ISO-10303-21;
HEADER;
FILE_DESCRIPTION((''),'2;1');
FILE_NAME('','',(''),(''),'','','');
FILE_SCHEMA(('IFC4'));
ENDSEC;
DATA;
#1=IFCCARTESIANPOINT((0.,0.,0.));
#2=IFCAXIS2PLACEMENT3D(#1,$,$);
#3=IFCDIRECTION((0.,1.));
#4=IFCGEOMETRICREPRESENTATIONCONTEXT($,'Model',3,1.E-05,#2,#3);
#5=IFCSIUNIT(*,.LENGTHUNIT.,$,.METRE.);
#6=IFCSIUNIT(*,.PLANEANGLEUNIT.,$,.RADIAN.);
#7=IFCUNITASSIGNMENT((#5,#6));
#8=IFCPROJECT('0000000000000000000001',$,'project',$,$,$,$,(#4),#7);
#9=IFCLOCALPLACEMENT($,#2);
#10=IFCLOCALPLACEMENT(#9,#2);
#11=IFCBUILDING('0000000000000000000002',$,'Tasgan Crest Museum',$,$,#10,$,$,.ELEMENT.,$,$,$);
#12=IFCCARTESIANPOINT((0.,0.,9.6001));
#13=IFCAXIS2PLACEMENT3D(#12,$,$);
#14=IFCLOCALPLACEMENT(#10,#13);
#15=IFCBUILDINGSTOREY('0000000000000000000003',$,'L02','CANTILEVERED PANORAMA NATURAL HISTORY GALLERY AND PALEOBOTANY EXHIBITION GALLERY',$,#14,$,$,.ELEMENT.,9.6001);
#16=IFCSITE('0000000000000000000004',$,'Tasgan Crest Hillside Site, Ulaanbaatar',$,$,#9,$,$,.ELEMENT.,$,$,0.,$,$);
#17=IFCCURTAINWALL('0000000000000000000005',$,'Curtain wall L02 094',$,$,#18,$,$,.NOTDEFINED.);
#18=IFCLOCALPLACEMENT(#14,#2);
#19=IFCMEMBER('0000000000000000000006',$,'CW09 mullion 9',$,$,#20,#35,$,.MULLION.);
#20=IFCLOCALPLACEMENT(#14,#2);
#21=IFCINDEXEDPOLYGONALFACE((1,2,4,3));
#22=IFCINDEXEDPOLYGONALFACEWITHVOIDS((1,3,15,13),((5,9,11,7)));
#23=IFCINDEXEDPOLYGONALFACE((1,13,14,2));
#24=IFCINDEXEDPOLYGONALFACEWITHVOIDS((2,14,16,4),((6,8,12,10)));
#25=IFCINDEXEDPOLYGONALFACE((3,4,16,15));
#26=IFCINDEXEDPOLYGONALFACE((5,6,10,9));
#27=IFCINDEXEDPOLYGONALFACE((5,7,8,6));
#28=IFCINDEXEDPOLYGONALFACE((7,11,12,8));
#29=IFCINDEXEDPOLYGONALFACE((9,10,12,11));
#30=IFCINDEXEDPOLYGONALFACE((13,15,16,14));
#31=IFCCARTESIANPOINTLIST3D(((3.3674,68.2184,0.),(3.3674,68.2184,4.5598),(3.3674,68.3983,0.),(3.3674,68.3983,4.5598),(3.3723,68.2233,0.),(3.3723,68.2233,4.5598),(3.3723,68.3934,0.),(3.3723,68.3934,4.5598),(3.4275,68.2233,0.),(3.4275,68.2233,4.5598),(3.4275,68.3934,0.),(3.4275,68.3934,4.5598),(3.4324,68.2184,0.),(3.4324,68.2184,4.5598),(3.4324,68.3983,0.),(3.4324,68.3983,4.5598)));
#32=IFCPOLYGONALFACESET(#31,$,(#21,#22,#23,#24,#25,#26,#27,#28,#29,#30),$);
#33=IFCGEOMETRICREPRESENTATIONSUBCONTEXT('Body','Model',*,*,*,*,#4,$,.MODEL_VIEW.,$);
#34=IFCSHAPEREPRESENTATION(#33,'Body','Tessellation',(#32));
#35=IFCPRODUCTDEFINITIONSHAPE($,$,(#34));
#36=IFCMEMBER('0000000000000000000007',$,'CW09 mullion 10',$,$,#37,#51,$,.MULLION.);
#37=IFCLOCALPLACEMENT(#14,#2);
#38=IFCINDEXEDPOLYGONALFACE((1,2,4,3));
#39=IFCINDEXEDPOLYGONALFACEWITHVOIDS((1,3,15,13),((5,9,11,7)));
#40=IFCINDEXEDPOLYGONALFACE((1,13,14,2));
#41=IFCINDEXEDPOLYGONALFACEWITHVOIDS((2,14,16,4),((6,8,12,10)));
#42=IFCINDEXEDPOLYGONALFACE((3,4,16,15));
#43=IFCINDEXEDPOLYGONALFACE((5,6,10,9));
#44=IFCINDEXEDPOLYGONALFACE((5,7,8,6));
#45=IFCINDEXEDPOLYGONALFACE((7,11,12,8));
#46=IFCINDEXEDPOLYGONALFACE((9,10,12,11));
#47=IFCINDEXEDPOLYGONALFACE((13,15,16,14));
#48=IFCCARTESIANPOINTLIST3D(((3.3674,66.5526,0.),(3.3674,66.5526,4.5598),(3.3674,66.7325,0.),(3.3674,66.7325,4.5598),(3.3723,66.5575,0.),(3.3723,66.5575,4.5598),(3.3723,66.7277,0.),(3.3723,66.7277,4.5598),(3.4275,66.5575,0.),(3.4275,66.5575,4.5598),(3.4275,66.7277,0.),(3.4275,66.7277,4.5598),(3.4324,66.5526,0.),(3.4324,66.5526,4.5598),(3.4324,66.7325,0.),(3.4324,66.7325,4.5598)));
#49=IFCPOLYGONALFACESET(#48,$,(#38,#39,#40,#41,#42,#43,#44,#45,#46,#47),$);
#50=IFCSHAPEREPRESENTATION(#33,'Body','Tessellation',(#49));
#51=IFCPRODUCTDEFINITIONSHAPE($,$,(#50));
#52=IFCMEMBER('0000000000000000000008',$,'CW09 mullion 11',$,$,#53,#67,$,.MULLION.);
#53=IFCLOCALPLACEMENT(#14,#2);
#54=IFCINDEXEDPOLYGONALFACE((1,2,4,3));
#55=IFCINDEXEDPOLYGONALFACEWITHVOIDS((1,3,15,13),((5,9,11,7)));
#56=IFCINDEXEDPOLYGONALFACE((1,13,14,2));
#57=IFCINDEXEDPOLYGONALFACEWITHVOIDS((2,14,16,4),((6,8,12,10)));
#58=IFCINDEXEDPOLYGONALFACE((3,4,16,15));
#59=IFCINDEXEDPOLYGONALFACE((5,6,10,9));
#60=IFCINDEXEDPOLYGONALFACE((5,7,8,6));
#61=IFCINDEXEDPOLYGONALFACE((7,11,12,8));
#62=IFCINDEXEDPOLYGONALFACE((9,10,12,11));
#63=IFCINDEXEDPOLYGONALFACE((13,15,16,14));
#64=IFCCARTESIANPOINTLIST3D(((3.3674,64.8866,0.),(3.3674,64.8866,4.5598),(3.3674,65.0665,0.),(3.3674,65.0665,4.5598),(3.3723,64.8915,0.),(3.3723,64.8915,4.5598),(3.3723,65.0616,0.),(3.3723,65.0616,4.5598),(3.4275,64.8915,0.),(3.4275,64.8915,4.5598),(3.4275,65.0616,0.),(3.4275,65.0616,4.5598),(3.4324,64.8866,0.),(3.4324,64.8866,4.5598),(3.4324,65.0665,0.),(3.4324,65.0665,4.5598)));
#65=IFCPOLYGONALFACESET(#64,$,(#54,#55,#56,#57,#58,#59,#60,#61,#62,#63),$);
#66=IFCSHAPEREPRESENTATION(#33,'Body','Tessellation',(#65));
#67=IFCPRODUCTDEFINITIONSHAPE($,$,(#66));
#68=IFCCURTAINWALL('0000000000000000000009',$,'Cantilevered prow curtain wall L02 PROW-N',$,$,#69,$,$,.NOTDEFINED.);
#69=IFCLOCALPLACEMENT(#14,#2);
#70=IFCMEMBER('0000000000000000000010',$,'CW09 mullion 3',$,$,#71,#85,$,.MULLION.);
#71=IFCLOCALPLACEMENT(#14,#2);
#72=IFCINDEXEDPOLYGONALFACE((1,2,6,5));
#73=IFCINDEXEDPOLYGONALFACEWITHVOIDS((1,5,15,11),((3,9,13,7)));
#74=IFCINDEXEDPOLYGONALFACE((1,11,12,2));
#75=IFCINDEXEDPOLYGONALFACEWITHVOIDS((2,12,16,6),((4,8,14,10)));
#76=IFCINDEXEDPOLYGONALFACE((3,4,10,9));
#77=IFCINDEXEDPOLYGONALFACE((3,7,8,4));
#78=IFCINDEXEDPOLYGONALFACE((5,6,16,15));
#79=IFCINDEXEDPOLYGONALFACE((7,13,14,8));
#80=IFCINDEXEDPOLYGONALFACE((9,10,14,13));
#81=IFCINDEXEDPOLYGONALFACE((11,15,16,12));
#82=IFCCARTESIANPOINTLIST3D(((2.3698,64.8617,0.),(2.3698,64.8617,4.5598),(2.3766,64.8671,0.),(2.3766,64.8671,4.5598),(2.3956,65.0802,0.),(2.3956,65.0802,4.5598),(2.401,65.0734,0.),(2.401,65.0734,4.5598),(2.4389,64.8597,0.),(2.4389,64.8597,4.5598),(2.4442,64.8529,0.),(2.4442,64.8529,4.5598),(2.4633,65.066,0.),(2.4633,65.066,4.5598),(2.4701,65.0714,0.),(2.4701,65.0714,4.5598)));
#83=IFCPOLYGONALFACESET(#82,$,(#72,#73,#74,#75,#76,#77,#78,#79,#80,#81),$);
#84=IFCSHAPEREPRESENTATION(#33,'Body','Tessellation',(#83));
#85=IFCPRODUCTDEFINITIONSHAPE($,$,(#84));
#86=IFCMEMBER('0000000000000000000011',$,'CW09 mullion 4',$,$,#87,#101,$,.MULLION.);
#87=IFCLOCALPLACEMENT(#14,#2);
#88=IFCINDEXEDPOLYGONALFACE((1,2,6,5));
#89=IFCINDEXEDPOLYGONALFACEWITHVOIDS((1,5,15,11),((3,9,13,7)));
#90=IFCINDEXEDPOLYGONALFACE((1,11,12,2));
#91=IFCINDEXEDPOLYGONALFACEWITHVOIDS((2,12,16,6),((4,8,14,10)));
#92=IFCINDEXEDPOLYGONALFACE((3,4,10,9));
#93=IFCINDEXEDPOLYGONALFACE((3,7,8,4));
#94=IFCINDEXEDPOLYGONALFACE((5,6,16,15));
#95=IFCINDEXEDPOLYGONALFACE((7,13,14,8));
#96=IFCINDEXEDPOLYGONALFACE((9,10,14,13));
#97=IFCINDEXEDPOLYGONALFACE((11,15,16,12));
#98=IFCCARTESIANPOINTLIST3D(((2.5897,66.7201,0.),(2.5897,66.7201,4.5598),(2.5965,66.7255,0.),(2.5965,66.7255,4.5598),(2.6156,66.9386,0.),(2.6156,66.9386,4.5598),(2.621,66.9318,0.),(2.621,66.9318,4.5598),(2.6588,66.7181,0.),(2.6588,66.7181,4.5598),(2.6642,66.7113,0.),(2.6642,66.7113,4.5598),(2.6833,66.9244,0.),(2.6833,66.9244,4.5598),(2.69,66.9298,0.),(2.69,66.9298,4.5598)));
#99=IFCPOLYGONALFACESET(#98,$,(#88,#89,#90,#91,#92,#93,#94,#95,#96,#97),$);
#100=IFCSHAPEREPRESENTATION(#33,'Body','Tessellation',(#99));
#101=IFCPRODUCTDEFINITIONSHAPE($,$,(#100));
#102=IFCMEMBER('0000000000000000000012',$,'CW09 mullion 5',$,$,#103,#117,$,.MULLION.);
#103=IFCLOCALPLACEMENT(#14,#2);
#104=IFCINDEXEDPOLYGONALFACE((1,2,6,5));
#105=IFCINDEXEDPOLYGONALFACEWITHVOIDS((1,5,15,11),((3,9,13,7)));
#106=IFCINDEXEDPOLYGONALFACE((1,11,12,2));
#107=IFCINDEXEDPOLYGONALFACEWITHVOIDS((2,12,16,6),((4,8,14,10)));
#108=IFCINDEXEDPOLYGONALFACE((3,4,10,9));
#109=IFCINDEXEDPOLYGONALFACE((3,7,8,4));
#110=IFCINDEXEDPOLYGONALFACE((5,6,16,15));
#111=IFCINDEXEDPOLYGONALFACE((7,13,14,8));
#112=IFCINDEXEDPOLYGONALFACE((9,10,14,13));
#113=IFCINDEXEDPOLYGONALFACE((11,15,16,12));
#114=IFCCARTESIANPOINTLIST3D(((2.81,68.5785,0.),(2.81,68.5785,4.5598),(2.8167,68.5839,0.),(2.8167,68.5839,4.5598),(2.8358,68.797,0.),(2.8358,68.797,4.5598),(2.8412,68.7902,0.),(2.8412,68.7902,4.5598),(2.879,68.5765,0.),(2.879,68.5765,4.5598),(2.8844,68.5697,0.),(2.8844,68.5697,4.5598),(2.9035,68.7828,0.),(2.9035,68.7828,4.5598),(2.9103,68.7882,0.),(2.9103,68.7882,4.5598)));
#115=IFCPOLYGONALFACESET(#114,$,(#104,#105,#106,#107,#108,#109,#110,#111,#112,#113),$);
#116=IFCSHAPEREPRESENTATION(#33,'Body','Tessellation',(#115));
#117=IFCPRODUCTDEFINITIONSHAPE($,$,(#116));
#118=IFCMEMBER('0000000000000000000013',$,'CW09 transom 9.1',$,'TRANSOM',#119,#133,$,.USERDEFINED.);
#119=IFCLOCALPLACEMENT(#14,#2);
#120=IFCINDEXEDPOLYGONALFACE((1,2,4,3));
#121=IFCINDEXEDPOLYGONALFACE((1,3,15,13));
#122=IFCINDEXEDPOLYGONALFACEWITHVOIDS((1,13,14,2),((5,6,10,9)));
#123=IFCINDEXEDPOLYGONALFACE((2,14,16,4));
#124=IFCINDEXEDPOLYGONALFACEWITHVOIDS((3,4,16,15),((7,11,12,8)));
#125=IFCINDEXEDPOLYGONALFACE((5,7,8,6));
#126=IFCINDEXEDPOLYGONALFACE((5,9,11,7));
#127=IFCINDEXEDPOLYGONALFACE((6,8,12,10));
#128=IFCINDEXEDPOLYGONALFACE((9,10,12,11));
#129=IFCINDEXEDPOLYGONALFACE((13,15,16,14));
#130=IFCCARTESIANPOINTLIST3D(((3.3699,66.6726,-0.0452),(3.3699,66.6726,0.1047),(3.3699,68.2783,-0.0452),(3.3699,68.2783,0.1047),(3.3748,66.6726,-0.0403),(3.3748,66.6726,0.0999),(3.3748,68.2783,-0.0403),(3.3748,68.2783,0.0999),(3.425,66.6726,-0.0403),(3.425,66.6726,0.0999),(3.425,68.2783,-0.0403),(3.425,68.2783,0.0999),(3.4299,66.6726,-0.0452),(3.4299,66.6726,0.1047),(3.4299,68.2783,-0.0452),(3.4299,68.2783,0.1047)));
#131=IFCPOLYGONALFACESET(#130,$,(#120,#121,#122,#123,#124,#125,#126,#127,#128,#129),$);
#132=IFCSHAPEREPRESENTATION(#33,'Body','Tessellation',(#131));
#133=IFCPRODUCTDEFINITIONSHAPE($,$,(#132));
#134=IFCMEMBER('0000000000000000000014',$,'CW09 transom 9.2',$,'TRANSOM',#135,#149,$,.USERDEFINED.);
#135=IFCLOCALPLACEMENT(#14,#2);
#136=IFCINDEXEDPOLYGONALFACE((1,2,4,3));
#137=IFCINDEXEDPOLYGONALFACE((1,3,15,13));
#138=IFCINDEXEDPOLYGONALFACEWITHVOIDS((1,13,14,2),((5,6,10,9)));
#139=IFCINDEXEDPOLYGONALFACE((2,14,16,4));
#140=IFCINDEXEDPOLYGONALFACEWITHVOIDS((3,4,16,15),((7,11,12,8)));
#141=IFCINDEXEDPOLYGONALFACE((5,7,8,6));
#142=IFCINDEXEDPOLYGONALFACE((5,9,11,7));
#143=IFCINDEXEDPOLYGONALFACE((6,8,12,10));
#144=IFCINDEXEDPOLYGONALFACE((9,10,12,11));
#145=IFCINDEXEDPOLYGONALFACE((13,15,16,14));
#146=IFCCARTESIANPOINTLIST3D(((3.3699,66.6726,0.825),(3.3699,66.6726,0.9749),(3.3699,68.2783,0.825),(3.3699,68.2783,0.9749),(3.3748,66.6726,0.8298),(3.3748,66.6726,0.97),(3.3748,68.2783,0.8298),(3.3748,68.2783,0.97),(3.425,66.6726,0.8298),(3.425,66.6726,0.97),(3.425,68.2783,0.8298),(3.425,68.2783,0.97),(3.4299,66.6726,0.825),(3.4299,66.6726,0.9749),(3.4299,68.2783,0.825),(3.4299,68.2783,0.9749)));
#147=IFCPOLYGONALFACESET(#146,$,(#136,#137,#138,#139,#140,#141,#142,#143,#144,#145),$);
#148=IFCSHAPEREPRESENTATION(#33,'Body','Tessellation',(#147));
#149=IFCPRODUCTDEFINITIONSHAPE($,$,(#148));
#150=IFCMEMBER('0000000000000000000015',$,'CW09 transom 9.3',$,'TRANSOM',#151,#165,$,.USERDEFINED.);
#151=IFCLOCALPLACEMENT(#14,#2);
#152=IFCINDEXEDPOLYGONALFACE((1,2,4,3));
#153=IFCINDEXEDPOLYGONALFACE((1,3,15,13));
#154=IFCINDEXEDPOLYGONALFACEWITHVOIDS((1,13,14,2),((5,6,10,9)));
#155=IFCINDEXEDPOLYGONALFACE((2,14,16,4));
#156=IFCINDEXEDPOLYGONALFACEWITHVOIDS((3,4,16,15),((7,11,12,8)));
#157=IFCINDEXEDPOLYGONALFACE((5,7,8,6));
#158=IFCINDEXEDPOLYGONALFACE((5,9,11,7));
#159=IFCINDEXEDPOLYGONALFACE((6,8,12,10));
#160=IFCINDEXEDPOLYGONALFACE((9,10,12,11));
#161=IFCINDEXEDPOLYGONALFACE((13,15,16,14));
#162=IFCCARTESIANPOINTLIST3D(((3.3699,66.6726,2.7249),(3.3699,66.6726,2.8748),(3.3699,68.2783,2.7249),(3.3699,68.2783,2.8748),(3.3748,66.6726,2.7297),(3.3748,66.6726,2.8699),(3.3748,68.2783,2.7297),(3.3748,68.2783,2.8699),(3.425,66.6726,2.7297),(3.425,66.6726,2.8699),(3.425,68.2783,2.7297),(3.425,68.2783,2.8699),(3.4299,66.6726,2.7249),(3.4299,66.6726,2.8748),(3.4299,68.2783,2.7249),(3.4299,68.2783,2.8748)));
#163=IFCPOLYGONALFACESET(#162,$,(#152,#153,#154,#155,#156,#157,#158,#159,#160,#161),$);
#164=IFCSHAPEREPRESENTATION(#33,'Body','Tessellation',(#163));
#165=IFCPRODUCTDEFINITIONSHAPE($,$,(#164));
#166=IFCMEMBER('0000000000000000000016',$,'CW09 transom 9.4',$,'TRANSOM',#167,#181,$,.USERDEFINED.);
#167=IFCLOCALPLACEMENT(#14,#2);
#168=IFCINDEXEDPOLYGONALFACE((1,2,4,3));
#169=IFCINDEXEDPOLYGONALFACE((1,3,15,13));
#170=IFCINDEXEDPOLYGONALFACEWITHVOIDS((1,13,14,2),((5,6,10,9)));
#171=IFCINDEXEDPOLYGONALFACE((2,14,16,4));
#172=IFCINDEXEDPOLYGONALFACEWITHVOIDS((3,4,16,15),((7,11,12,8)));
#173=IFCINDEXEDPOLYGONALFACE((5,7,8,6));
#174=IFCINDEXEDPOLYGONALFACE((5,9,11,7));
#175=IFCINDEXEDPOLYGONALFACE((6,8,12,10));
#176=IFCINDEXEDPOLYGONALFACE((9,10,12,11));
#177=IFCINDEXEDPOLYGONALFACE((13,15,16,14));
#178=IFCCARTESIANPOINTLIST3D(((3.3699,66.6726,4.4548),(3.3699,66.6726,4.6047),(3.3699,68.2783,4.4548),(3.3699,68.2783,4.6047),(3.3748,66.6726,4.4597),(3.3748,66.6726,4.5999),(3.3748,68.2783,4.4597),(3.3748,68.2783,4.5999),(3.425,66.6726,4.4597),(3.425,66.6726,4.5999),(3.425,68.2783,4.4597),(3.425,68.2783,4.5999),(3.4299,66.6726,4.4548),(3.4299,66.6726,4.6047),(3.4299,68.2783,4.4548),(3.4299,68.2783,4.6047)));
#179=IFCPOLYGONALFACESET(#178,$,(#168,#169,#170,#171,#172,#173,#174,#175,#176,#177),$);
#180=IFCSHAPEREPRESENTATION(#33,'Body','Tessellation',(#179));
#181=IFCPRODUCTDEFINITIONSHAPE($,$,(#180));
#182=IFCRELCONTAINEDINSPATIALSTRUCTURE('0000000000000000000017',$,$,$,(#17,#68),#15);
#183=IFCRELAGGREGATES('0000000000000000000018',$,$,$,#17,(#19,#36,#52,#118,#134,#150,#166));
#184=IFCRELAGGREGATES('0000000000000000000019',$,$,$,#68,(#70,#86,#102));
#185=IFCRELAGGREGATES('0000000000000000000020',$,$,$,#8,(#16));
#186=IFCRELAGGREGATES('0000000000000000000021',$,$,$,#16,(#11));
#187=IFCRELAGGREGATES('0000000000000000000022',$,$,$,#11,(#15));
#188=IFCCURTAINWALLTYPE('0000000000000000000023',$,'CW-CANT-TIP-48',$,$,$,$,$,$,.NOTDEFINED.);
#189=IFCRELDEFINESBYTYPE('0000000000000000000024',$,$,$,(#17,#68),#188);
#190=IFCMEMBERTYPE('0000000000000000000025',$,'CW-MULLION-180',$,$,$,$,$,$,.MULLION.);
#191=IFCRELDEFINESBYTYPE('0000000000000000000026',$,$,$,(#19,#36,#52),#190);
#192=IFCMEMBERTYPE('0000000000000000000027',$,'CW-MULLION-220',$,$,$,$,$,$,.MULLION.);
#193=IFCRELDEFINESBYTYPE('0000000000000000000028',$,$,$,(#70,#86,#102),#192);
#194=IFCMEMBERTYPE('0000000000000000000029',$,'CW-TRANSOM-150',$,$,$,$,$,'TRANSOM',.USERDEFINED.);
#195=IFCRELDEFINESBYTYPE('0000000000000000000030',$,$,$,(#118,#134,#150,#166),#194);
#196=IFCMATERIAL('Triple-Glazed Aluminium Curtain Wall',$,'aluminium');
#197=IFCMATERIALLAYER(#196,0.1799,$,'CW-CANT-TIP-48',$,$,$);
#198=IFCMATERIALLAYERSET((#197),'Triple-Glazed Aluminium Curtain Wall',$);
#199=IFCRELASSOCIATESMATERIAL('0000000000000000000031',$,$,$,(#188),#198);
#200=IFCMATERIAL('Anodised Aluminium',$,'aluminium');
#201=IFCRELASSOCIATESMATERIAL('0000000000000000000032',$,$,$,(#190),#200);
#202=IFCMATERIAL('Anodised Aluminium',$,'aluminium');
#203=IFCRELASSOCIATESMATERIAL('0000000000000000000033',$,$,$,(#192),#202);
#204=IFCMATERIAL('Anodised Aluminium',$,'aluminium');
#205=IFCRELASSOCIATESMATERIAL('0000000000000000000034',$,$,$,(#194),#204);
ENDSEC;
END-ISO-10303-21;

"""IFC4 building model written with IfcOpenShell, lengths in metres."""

from ifc_helpers import new_model, si_unit, direction, frame, origin, origin_2d, place, context, subcontext, project, spatial, hollow_rectangle, extrude, material, layer, layer_set, material_profile, profile_set, type_object, element, aggregate, save


model = new_model("IFC4")

# Units and contexts
model_context = context("Model", 3, precision=1e-05, world=origin(), true_north=direction((0.0, 1.0)))
body_context = subcontext(model_context, "Body", "Model", "MODEL_VIEW")
ifc_project = project(units=[si_unit("LENGTHUNIT", "METRE"), si_unit("PLANEANGLEUNIT", "RADIAN")], contexts=[model_context])

# Site, building, storey
site_placement = place(None, origin())
site = spatial("IfcSite", under=ifc_project, at=site_placement, Name="Tasgan Crest Hillside Site, Ulaanbaatar", CompositionType="ELEMENT", RefElevation=0.0)
building_placement = place(site_placement, origin())
building = spatial("IfcBuilding", under=site, at=building_placement, Name="Tasgan Crest Museum", CompositionType="ELEMENT")
storey_placement = place(building_placement, frame((0.0, 0.0, 9.6001)))
storey = spatial("IfcBuildingStorey", under=building, at=storey_placement, Name="L02", Description="CANTILEVERED PANORAMA NATURAL HISTORY GALLERY AND PALEOBOTANY EXHIBITION GALLERY", CompositionType="ELEMENT", Elevation=9.6001)

# Curtain walls, members
ifc_material_1 = material(Name="Triple-Glazed Aluminium Curtain Wall", Category="aluminium")
ifc_layer_1 = layer(ifc_material_1, 0.1799, Name="CW-CANT-TIP-48")
ifc_layer_set_1 = layer_set([ifc_layer_1], Name="Triple-Glazed Aluminium Curtain Wall")
curtain_wall_type = type_object("IfcCurtainWallType", Name="CW-CANT-TIP-48", PredefinedType="NOTDEFINED", material=ifc_layer_set_1)
curtain_wall_1_placement = place(storey_placement, origin())
curtain_wall_1 = element("IfcCurtainWall", 1, at=curtain_wall_1_placement, inside=storey, type_object=curtain_wall_type, Name="Curtain wall L02 094", PredefinedType="NOTDEFINED")
ifc_material_2 = material(Name="Anodised Aluminium", Category="aluminium")
ifc_material_profile_1 = material_profile(ifc_material_2, hollow_rectangle(XDim=0.0649, YDim=0.1799, WallThickness=0.0049, at=origin_2d()), Name="ALU MULLION 180x65x5")
ifc_profile_set_1 = profile_set([ifc_material_profile_1], Name="Anodised Aluminium")
member_type_1 = type_object("IfcMemberType", Name="CW-MULLION-180", PredefinedType="MULLION", material=ifc_profile_set_1)
member_1_placement = place(storey_placement, frame((3.3999, 68.3083, 0.0), z_axis=(0.0, 0.0, 1.0), x_axis=(1.0, 0.0, 0.0)))
member_1 = element("IfcMember", 2, at=member_1_placement, type_object=member_type_1, Name="CW09 mullion 9", PredefinedType="MULLION", context=body_context, shape_type="SweptSolid", body=[
    extrude(hollow_rectangle(XDim=0.0649, YDim=0.1799, WallThickness=0.0049, at=origin_2d()), origin(), (0.0, 0.0, 1.0), 4.5598),
])
member_2_placement = place(storey_placement, frame((3.3999, 66.6426, 0.0), z_axis=(0.0, 0.0, 1.0), x_axis=(1.0, 0.0, 0.0)))
member_2 = element("IfcMember", 3, at=member_2_placement, type_object=member_type_1, Name="CW09 mullion 10", PredefinedType="MULLION", context=body_context, shape_type="SweptSolid", body=[
    extrude(hollow_rectangle(XDim=0.0649, YDim=0.1799, WallThickness=0.0049, at=origin_2d()), origin(), (0.0, 0.0, 1.0), 4.5598),
])
member_3_placement = place(storey_placement, frame((3.3999, 64.9766, 0.0), z_axis=(0.0, 0.0, 1.0), x_axis=(1.0, 0.0, 0.0)))
member_3 = element("IfcMember", 4, at=member_3_placement, type_object=member_type_1, Name="CW09 mullion 11", PredefinedType="MULLION", context=body_context, shape_type="SweptSolid", body=[
    extrude(hollow_rectangle(XDim=0.0649, YDim=0.1799, WallThickness=0.0049, at=origin_2d()), origin(), (0.0, 0.0, 1.0), 4.5598),
])
curtain_wall_2_placement = place(storey_placement, origin())
curtain_wall_2 = element("IfcCurtainWall", 5, at=curtain_wall_2_placement, inside=storey, type_object=curtain_wall_type, Name="Cantilevered prow curtain wall L02 PROW-N", PredefinedType="NOTDEFINED")
ifc_material_3 = material(Name="Anodised Aluminium", Category="aluminium")
ifc_material_profile_2 = material_profile(ifc_material_3, hollow_rectangle(XDim=0.075, YDim=0.22, WallThickness=0.0061, at=origin_2d()), Name="ALU MULLION 220x75x6")
ifc_profile_set_2 = profile_set([ifc_material_profile_2], Name="Anodised Aluminium")
member_type_2 = type_object("IfcMemberType", Name="CW-MULLION-220", PredefinedType="MULLION", material=ifc_profile_set_2)
member_4_placement = place(storey_placement, frame((2.4199, 64.9666, 0.0), z_axis=(0.0, 0.0, 1.0), x_axis=(-0.993065, 0.117565, 0.0)))
member_4 = element("IfcMember", 6, at=member_4_placement, type_object=member_type_2, Name="CW09 mullion 3", PredefinedType="MULLION", context=body_context, shape_type="SweptSolid", body=[
    extrude(hollow_rectangle(XDim=0.075, YDim=0.22, WallThickness=0.0061, at=origin_2d()), origin(), (0.0, 0.0, 1.0), 4.5598),
])
member_5_placement = place(storey_placement, frame((2.6399, 66.825, 0.0), z_axis=(0.0, 0.0, 1.0), x_axis=(-0.993065, 0.117565, 0.0)))
member_5 = element("IfcMember", 7, at=member_5_placement, type_object=member_type_2, Name="CW09 mullion 4", PredefinedType="MULLION", context=body_context, shape_type="SweptSolid", body=[
    extrude(hollow_rectangle(XDim=0.075, YDim=0.22, WallThickness=0.0061, at=origin_2d()), origin(), (0.0, 0.0, 1.0), 4.5598),
])
member_6_placement = place(storey_placement, frame((2.8601, 68.6833, 0.0), z_axis=(0.0, 0.0, 1.0), x_axis=(-0.993065, 0.117565, 0.0)))
member_6 = element("IfcMember", 8, at=member_6_placement, type_object=member_type_2, Name="CW09 mullion 5", PredefinedType="MULLION", context=body_context, shape_type="SweptSolid", body=[
    extrude(hollow_rectangle(XDim=0.075, YDim=0.22, WallThickness=0.0061, at=origin_2d()), origin(), (0.0, 0.0, 1.0), 4.5598),
])

# Members
ifc_material_4 = material(Name="Anodised Aluminium", Category="aluminium")
ifc_material_profile_3 = material_profile(ifc_material_4, hollow_rectangle(XDim=0.0601, YDim=0.1499, WallThickness=0.0049, at=origin_2d()), Name="ALU TRANSOM 150x60x5")
ifc_profile_set_3 = profile_set([ifc_material_profile_3], Name="Anodised Aluminium")
member_type_3 = type_object("IfcMemberType", Name="CW-TRANSOM-150", ElementType="TRANSOM", PredefinedType="USERDEFINED", material=ifc_profile_set_3)
member_7_placement = place(storey_placement, frame((3.3999, 68.2783, 0.0298), z_axis=(0.0, -1.0, 0.0), x_axis=(1.0, 0.0, 0.0)))
member_7 = element("IfcMember", 9, at=member_7_placement, type_object=member_type_3, Name="CW09 transom 9.1", ObjectType="TRANSOM", PredefinedType="USERDEFINED", context=body_context, shape_type="SweptSolid", body=[
    extrude(hollow_rectangle(XDim=0.0601, YDim=0.1499, WallThickness=0.0049, at=origin_2d()), origin(), (0.0, 0.0, 1.0), 1.6057),
])
member_8_placement = place(storey_placement, frame((3.3999, 68.2783, 0.8999), z_axis=(0.0, -1.0, 0.0), x_axis=(1.0, 0.0, 0.0)))
member_8 = element("IfcMember", 10, at=member_8_placement, type_object=member_type_3, Name="CW09 transom 9.2", ObjectType="TRANSOM", PredefinedType="USERDEFINED", context=body_context, shape_type="SweptSolid", body=[
    extrude(hollow_rectangle(XDim=0.0601, YDim=0.1499, WallThickness=0.0049, at=origin_2d()), origin(), (0.0, 0.0, 1.0), 1.6057),
])
member_9_placement = place(storey_placement, frame((3.3999, 68.2783, 2.7998), z_axis=(0.0, -1.0, 0.0), x_axis=(1.0, 0.0, 0.0)))
member_9 = element("IfcMember", 11, at=member_9_placement, type_object=member_type_3, Name="CW09 transom 9.3", ObjectType="TRANSOM", PredefinedType="USERDEFINED", context=body_context, shape_type="SweptSolid", body=[
    extrude(hollow_rectangle(XDim=0.0601, YDim=0.1499, WallThickness=0.0049, at=origin_2d()), origin(), (0.0, 0.0, 1.0), 1.6057),
])
member_10_placement = place(storey_placement, frame((3.3999, 68.2783, 4.5298), z_axis=(0.0, -1.0, 0.0), x_axis=(1.0, 0.0, 0.0)))
member_10 = element("IfcMember", 12, at=member_10_placement, type_object=member_type_3, Name="CW09 transom 9.4", ObjectType="TRANSOM", PredefinedType="USERDEFINED", context=body_context, shape_type="SweptSolid", body=[
    extrude(hollow_rectangle(XDim=0.0601, YDim=0.1499, WallThickness=0.0049, at=origin_2d()), origin(), (0.0, 0.0, 1.0), 1.6057),
])

aggregate(curtain_wall_1, [member_1, member_2, member_3, member_7, member_8, member_9, member_10])
aggregate(curtain_wall_2, [member_4, member_5, member_6])

save(model, "model.ifc")
